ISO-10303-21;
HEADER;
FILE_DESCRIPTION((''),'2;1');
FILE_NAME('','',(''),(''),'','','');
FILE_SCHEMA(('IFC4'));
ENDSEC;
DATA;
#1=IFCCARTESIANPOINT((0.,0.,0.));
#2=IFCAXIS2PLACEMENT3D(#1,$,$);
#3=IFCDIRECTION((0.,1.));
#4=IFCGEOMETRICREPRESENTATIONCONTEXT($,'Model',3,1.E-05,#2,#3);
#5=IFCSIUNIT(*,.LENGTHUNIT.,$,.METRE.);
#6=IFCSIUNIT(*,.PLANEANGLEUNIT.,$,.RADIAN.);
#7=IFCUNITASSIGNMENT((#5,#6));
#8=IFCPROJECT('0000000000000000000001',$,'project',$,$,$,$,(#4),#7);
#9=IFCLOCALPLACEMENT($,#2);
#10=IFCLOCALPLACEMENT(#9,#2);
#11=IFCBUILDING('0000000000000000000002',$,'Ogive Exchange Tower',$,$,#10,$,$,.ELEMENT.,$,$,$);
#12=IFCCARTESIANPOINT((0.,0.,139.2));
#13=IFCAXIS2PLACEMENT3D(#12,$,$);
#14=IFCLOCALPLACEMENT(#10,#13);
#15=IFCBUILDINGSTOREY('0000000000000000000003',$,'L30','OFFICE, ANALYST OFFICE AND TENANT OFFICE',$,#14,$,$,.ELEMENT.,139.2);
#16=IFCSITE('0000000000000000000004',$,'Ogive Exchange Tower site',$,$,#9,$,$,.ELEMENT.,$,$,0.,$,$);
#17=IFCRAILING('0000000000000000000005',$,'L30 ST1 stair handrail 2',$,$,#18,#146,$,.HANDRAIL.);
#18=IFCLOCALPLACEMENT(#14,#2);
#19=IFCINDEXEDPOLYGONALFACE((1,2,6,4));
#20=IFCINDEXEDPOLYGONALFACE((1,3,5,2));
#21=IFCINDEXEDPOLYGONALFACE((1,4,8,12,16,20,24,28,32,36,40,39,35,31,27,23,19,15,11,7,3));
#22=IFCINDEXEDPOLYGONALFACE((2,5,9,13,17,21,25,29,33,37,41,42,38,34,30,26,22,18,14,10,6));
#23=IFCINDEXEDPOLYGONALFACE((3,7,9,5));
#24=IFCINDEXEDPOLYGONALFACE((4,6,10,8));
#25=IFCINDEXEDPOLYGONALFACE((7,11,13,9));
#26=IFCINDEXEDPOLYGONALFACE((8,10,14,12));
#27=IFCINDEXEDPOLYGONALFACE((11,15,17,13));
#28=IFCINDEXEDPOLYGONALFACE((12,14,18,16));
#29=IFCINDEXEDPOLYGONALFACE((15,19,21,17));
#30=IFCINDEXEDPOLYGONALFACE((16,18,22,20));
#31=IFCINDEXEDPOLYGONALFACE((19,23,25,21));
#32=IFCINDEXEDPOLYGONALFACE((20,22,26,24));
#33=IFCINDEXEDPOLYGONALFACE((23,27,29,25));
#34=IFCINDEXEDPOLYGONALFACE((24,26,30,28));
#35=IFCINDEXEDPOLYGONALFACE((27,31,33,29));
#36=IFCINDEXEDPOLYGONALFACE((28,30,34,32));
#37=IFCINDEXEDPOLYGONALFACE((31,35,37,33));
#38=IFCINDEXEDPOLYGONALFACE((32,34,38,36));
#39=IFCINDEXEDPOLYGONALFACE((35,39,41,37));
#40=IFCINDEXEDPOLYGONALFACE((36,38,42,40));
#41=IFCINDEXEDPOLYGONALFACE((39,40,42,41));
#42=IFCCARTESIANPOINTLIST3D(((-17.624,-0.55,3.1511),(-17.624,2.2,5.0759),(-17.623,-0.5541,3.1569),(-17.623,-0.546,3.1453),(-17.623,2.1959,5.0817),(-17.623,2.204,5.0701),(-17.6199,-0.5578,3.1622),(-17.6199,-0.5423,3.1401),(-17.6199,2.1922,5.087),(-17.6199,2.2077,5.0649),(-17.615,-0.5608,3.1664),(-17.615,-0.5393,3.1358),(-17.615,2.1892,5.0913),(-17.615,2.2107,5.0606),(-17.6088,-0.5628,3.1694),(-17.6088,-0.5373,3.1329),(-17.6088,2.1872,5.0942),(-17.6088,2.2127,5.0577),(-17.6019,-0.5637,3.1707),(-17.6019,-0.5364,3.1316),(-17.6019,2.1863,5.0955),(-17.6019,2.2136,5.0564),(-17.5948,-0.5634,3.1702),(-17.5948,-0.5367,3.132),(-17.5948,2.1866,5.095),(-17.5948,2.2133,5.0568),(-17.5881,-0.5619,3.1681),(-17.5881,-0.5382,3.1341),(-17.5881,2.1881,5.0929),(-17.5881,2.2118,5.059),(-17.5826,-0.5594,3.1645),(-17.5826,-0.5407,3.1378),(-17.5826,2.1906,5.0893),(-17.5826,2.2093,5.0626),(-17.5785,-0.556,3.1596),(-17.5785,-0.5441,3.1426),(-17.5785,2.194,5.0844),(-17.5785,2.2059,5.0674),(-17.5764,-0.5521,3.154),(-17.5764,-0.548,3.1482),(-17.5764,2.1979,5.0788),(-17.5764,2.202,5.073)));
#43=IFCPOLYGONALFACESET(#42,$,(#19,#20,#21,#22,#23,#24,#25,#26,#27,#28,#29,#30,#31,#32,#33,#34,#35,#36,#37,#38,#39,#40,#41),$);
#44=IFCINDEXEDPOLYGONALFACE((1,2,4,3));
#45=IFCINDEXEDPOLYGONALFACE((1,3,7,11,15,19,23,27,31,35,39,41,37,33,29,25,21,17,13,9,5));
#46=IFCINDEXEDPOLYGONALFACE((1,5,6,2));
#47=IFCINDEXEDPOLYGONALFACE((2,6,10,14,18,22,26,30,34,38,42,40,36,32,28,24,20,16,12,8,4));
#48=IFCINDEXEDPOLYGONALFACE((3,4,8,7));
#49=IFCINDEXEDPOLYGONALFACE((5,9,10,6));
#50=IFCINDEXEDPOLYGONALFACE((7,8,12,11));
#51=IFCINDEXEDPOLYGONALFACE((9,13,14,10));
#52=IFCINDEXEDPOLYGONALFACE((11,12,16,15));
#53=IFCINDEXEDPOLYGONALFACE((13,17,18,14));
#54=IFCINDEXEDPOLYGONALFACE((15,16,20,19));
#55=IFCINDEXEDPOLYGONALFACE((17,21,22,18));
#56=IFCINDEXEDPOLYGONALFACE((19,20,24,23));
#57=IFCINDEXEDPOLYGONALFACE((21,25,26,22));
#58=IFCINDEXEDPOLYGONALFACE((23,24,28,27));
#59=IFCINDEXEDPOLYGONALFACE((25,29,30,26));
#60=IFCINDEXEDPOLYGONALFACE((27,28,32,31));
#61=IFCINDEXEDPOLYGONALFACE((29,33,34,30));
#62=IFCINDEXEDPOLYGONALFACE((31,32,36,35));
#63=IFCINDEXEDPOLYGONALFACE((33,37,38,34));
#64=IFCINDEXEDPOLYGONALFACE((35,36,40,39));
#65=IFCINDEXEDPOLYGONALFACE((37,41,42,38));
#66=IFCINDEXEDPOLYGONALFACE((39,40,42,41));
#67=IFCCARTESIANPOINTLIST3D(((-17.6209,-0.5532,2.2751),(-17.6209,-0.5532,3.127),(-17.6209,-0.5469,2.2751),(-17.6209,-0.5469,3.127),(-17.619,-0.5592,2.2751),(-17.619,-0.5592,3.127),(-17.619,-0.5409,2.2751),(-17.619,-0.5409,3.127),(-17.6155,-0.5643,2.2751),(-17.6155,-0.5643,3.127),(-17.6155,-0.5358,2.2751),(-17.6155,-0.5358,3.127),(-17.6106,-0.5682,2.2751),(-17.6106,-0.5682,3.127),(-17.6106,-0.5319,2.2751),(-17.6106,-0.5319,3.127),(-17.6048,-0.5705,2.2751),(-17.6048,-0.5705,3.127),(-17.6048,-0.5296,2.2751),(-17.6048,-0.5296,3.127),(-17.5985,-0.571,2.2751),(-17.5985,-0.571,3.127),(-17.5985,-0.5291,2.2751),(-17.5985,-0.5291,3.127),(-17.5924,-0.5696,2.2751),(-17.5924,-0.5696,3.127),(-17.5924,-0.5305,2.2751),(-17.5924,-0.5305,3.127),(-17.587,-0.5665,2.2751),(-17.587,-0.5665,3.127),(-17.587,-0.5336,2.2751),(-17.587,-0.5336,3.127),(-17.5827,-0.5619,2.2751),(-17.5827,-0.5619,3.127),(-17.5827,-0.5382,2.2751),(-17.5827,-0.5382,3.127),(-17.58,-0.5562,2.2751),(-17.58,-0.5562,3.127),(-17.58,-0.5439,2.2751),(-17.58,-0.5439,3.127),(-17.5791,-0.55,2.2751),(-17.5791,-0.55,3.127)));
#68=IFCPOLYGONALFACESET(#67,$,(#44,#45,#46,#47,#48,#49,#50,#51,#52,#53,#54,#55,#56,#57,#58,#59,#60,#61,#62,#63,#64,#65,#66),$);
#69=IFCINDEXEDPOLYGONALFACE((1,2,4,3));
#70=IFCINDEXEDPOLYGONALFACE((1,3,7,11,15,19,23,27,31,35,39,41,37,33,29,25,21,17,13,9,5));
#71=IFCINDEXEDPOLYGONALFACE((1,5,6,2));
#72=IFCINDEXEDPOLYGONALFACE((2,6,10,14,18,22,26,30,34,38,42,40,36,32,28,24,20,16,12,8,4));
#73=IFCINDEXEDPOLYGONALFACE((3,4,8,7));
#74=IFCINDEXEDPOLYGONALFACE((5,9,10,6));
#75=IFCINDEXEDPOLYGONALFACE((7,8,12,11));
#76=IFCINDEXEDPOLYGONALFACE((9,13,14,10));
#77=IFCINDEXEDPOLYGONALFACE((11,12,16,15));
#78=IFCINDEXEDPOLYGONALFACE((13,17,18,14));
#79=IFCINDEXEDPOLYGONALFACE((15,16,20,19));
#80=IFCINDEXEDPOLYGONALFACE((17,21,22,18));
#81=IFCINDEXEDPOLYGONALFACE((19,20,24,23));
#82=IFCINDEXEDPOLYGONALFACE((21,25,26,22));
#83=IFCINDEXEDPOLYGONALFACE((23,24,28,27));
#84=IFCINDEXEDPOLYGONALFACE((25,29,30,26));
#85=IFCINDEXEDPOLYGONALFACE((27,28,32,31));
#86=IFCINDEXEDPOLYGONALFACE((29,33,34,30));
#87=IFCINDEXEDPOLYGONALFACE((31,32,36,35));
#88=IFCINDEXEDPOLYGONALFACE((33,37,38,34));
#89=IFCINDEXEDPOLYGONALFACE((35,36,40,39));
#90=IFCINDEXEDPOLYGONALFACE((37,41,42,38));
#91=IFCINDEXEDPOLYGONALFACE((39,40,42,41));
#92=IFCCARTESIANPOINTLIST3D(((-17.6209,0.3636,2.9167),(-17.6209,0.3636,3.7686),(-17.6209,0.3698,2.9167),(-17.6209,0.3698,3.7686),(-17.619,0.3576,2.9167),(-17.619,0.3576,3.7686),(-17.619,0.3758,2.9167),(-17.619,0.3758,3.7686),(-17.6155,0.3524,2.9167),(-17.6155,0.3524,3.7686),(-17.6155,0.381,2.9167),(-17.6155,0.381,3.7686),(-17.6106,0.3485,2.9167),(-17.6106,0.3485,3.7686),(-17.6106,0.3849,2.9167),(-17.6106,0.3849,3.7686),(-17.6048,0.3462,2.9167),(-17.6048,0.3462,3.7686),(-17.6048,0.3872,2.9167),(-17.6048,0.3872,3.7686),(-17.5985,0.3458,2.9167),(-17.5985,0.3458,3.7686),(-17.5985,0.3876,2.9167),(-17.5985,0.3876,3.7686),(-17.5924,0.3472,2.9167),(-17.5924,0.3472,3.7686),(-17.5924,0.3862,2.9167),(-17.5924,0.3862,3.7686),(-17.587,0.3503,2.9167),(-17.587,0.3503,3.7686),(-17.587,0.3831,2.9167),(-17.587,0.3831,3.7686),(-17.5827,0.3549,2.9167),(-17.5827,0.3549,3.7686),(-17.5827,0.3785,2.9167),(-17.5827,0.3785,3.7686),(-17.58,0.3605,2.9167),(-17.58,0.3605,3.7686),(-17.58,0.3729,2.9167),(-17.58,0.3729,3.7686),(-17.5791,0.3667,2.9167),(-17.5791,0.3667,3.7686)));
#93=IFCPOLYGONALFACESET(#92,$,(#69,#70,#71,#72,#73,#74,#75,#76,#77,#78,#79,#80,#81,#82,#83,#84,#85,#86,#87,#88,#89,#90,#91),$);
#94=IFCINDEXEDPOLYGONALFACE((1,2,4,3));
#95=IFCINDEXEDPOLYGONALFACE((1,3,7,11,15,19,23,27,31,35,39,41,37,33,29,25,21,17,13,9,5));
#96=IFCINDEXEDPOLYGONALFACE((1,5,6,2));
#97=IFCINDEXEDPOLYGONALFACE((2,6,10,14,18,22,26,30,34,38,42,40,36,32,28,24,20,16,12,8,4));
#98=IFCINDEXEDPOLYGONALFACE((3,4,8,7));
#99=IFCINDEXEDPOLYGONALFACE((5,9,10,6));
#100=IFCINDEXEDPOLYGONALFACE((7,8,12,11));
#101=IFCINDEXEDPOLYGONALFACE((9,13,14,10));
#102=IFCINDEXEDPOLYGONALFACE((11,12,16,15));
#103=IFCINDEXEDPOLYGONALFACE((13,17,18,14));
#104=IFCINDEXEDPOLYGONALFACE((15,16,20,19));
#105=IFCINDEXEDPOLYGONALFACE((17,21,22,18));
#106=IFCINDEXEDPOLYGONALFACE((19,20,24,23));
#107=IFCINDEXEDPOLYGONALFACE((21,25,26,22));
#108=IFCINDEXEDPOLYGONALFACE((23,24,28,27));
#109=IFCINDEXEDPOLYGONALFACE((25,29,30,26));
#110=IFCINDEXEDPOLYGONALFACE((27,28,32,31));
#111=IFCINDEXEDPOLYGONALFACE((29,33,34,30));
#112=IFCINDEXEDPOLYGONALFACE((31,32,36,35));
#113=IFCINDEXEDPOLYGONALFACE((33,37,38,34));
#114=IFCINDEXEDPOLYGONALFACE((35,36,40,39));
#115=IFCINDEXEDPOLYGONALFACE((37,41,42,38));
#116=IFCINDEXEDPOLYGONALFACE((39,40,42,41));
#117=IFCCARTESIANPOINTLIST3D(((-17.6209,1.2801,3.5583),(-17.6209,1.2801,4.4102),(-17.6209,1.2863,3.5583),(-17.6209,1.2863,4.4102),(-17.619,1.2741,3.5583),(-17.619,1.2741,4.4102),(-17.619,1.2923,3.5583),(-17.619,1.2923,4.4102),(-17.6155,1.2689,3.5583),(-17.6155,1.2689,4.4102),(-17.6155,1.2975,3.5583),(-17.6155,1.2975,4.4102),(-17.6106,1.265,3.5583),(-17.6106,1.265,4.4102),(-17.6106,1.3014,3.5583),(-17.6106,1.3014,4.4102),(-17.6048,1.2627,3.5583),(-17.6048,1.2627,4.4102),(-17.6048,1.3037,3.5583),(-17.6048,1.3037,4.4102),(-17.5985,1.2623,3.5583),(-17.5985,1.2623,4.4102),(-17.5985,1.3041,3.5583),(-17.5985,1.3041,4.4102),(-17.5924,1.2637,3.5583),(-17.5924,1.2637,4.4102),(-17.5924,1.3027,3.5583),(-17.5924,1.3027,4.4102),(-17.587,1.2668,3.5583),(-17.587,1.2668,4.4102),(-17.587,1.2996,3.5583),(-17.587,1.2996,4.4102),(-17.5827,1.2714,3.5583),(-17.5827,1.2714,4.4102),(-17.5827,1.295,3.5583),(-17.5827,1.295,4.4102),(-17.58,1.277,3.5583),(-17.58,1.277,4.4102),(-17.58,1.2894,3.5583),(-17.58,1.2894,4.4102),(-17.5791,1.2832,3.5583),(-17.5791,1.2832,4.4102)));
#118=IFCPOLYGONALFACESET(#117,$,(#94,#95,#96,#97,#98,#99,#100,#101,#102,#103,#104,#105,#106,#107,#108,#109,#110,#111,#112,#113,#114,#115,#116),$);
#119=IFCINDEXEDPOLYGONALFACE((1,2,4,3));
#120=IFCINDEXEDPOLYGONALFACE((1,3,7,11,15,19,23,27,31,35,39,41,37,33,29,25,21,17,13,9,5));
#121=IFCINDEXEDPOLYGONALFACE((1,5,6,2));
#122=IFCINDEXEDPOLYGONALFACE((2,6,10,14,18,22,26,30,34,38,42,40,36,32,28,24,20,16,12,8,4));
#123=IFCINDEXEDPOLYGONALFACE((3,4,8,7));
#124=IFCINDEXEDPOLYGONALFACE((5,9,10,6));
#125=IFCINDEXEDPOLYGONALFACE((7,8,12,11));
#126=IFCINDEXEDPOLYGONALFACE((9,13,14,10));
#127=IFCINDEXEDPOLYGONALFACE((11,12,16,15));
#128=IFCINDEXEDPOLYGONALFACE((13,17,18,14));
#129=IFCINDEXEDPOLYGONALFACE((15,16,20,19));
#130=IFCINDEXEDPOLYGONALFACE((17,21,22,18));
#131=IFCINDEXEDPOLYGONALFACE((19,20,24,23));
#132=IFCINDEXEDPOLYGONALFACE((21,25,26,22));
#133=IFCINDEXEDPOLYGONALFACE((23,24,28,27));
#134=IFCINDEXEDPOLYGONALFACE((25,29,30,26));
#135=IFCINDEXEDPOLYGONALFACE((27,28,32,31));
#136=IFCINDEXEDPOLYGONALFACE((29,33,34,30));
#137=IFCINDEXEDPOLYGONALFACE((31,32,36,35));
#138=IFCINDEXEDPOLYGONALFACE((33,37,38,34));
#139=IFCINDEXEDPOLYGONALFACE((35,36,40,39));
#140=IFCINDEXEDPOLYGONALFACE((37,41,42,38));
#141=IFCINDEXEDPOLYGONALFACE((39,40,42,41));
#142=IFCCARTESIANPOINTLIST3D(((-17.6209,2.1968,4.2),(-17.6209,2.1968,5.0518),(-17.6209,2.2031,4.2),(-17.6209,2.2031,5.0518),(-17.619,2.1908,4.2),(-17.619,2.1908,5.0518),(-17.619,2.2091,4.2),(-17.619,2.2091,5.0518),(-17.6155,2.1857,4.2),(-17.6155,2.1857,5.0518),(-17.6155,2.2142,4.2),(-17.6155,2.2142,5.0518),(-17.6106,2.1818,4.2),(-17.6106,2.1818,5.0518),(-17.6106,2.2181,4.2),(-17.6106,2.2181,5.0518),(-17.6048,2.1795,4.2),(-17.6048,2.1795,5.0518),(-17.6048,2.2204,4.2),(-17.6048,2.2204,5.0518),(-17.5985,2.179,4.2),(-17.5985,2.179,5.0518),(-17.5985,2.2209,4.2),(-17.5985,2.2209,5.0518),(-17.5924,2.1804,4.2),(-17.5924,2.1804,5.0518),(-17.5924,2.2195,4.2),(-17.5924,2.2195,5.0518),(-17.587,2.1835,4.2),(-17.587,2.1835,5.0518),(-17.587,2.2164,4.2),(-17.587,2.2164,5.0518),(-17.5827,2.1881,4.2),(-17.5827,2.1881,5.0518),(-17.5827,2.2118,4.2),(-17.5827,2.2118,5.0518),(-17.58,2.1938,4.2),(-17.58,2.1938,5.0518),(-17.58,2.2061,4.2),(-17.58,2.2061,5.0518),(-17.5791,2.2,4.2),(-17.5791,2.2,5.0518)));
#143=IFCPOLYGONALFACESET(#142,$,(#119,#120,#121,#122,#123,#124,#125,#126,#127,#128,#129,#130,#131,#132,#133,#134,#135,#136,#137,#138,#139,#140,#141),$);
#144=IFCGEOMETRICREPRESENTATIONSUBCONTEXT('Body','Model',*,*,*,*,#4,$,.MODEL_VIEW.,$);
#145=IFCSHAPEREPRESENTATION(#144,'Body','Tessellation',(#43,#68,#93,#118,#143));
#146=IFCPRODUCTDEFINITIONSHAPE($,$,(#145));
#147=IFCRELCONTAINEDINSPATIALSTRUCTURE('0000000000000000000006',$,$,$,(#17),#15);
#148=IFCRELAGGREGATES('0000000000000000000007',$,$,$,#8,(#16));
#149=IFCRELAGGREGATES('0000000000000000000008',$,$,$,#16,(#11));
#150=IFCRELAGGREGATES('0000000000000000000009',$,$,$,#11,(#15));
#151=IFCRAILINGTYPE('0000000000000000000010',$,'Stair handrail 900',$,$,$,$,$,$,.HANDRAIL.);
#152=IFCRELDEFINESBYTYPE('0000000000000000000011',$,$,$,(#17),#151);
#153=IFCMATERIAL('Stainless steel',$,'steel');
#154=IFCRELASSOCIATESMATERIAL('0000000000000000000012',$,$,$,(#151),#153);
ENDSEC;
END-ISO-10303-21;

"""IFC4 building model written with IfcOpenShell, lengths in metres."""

from ifc_helpers import new_model, si_unit, direction, frame, origin, origin_2d, place, context, subcontext, project, spatial, circle, extrude, material, type_object, element, save


model = new_model("IFC4")

# Units and contexts
model_context = context("Model", 3, precision=1e-05, world=origin(), true_north=direction((0.0, 1.0)))
body_context = subcontext(model_context, "Body", "Model", "MODEL_VIEW")
ifc_project = project(units=[si_unit("LENGTHUNIT", "METRE"), si_unit("PLANEANGLEUNIT", "RADIAN")], contexts=[model_context])

# Site, building, storey
site_placement = place(None, origin())
site = spatial("IfcSite", under=ifc_project, at=site_placement, Name="Ogive Exchange Tower site", CompositionType="ELEMENT", RefElevation=0.0)
building_placement = place(site_placement, origin())
building = spatial("IfcBuilding", under=site, at=building_placement, Name="Ogive Exchange Tower", CompositionType="ELEMENT")
storey_placement = place(building_placement, frame((0.0, 0.0, 139.2)))
storey = spatial("IfcBuildingStorey", under=building, at=storey_placement, Name="L30", Description="OFFICE, ANALYST OFFICE AND TENANT OFFICE", CompositionType="ELEMENT", Elevation=139.2)

# Shared definitions
ifc_material_1 = material(Name="Stainless steel", Category="steel")

# Railing
railing_type = type_object("IfcRailingType", Name="Stair handrail 900", PredefinedType="HANDRAIL", material=ifc_material_1)
railing_1_placement = place(storey_placement, frame((-17.6001, -0.55, 2.2751)))
element("IfcRailing", 1, at=railing_1_placement, inside=storey, type_object=railing_type, Name="L30 ST1 stair handrail 2", PredefinedType="HANDRAIL", context=body_context, shape_type="SweptSolid", body=[
    extrude(circle(Radius=0.0239, at=origin_2d()), frame((0.0, 0.0, 0.876), z_axis=(0.0, 0.819259, 0.573423), x_axis=(-1.0, 0.0, 0.0)), (0.0, 0.0, 1.0), 3.3567),
    extrude(circle(Radius=0.021, at=origin_2d()), origin(), (0.0, 0.0, 1.0), 0.8518),
    extrude(circle(Radius=0.021, at=origin_2d()), frame((0.0, 0.9167, 0.6416)), (0.0, 0.0, 1.0), 0.8518),
    extrude(circle(Radius=0.021, at=origin_2d()), frame((0.0, 1.8333, 1.2832)), (0.0, 0.0, 1.0), 0.8518),
    extrude(circle(Radius=0.021, at=origin_2d()), frame((0.0, 2.75, 1.9248)), (0.0, 0.0, 1.0), 0.8518),
])

save(model, "model.ifc")
